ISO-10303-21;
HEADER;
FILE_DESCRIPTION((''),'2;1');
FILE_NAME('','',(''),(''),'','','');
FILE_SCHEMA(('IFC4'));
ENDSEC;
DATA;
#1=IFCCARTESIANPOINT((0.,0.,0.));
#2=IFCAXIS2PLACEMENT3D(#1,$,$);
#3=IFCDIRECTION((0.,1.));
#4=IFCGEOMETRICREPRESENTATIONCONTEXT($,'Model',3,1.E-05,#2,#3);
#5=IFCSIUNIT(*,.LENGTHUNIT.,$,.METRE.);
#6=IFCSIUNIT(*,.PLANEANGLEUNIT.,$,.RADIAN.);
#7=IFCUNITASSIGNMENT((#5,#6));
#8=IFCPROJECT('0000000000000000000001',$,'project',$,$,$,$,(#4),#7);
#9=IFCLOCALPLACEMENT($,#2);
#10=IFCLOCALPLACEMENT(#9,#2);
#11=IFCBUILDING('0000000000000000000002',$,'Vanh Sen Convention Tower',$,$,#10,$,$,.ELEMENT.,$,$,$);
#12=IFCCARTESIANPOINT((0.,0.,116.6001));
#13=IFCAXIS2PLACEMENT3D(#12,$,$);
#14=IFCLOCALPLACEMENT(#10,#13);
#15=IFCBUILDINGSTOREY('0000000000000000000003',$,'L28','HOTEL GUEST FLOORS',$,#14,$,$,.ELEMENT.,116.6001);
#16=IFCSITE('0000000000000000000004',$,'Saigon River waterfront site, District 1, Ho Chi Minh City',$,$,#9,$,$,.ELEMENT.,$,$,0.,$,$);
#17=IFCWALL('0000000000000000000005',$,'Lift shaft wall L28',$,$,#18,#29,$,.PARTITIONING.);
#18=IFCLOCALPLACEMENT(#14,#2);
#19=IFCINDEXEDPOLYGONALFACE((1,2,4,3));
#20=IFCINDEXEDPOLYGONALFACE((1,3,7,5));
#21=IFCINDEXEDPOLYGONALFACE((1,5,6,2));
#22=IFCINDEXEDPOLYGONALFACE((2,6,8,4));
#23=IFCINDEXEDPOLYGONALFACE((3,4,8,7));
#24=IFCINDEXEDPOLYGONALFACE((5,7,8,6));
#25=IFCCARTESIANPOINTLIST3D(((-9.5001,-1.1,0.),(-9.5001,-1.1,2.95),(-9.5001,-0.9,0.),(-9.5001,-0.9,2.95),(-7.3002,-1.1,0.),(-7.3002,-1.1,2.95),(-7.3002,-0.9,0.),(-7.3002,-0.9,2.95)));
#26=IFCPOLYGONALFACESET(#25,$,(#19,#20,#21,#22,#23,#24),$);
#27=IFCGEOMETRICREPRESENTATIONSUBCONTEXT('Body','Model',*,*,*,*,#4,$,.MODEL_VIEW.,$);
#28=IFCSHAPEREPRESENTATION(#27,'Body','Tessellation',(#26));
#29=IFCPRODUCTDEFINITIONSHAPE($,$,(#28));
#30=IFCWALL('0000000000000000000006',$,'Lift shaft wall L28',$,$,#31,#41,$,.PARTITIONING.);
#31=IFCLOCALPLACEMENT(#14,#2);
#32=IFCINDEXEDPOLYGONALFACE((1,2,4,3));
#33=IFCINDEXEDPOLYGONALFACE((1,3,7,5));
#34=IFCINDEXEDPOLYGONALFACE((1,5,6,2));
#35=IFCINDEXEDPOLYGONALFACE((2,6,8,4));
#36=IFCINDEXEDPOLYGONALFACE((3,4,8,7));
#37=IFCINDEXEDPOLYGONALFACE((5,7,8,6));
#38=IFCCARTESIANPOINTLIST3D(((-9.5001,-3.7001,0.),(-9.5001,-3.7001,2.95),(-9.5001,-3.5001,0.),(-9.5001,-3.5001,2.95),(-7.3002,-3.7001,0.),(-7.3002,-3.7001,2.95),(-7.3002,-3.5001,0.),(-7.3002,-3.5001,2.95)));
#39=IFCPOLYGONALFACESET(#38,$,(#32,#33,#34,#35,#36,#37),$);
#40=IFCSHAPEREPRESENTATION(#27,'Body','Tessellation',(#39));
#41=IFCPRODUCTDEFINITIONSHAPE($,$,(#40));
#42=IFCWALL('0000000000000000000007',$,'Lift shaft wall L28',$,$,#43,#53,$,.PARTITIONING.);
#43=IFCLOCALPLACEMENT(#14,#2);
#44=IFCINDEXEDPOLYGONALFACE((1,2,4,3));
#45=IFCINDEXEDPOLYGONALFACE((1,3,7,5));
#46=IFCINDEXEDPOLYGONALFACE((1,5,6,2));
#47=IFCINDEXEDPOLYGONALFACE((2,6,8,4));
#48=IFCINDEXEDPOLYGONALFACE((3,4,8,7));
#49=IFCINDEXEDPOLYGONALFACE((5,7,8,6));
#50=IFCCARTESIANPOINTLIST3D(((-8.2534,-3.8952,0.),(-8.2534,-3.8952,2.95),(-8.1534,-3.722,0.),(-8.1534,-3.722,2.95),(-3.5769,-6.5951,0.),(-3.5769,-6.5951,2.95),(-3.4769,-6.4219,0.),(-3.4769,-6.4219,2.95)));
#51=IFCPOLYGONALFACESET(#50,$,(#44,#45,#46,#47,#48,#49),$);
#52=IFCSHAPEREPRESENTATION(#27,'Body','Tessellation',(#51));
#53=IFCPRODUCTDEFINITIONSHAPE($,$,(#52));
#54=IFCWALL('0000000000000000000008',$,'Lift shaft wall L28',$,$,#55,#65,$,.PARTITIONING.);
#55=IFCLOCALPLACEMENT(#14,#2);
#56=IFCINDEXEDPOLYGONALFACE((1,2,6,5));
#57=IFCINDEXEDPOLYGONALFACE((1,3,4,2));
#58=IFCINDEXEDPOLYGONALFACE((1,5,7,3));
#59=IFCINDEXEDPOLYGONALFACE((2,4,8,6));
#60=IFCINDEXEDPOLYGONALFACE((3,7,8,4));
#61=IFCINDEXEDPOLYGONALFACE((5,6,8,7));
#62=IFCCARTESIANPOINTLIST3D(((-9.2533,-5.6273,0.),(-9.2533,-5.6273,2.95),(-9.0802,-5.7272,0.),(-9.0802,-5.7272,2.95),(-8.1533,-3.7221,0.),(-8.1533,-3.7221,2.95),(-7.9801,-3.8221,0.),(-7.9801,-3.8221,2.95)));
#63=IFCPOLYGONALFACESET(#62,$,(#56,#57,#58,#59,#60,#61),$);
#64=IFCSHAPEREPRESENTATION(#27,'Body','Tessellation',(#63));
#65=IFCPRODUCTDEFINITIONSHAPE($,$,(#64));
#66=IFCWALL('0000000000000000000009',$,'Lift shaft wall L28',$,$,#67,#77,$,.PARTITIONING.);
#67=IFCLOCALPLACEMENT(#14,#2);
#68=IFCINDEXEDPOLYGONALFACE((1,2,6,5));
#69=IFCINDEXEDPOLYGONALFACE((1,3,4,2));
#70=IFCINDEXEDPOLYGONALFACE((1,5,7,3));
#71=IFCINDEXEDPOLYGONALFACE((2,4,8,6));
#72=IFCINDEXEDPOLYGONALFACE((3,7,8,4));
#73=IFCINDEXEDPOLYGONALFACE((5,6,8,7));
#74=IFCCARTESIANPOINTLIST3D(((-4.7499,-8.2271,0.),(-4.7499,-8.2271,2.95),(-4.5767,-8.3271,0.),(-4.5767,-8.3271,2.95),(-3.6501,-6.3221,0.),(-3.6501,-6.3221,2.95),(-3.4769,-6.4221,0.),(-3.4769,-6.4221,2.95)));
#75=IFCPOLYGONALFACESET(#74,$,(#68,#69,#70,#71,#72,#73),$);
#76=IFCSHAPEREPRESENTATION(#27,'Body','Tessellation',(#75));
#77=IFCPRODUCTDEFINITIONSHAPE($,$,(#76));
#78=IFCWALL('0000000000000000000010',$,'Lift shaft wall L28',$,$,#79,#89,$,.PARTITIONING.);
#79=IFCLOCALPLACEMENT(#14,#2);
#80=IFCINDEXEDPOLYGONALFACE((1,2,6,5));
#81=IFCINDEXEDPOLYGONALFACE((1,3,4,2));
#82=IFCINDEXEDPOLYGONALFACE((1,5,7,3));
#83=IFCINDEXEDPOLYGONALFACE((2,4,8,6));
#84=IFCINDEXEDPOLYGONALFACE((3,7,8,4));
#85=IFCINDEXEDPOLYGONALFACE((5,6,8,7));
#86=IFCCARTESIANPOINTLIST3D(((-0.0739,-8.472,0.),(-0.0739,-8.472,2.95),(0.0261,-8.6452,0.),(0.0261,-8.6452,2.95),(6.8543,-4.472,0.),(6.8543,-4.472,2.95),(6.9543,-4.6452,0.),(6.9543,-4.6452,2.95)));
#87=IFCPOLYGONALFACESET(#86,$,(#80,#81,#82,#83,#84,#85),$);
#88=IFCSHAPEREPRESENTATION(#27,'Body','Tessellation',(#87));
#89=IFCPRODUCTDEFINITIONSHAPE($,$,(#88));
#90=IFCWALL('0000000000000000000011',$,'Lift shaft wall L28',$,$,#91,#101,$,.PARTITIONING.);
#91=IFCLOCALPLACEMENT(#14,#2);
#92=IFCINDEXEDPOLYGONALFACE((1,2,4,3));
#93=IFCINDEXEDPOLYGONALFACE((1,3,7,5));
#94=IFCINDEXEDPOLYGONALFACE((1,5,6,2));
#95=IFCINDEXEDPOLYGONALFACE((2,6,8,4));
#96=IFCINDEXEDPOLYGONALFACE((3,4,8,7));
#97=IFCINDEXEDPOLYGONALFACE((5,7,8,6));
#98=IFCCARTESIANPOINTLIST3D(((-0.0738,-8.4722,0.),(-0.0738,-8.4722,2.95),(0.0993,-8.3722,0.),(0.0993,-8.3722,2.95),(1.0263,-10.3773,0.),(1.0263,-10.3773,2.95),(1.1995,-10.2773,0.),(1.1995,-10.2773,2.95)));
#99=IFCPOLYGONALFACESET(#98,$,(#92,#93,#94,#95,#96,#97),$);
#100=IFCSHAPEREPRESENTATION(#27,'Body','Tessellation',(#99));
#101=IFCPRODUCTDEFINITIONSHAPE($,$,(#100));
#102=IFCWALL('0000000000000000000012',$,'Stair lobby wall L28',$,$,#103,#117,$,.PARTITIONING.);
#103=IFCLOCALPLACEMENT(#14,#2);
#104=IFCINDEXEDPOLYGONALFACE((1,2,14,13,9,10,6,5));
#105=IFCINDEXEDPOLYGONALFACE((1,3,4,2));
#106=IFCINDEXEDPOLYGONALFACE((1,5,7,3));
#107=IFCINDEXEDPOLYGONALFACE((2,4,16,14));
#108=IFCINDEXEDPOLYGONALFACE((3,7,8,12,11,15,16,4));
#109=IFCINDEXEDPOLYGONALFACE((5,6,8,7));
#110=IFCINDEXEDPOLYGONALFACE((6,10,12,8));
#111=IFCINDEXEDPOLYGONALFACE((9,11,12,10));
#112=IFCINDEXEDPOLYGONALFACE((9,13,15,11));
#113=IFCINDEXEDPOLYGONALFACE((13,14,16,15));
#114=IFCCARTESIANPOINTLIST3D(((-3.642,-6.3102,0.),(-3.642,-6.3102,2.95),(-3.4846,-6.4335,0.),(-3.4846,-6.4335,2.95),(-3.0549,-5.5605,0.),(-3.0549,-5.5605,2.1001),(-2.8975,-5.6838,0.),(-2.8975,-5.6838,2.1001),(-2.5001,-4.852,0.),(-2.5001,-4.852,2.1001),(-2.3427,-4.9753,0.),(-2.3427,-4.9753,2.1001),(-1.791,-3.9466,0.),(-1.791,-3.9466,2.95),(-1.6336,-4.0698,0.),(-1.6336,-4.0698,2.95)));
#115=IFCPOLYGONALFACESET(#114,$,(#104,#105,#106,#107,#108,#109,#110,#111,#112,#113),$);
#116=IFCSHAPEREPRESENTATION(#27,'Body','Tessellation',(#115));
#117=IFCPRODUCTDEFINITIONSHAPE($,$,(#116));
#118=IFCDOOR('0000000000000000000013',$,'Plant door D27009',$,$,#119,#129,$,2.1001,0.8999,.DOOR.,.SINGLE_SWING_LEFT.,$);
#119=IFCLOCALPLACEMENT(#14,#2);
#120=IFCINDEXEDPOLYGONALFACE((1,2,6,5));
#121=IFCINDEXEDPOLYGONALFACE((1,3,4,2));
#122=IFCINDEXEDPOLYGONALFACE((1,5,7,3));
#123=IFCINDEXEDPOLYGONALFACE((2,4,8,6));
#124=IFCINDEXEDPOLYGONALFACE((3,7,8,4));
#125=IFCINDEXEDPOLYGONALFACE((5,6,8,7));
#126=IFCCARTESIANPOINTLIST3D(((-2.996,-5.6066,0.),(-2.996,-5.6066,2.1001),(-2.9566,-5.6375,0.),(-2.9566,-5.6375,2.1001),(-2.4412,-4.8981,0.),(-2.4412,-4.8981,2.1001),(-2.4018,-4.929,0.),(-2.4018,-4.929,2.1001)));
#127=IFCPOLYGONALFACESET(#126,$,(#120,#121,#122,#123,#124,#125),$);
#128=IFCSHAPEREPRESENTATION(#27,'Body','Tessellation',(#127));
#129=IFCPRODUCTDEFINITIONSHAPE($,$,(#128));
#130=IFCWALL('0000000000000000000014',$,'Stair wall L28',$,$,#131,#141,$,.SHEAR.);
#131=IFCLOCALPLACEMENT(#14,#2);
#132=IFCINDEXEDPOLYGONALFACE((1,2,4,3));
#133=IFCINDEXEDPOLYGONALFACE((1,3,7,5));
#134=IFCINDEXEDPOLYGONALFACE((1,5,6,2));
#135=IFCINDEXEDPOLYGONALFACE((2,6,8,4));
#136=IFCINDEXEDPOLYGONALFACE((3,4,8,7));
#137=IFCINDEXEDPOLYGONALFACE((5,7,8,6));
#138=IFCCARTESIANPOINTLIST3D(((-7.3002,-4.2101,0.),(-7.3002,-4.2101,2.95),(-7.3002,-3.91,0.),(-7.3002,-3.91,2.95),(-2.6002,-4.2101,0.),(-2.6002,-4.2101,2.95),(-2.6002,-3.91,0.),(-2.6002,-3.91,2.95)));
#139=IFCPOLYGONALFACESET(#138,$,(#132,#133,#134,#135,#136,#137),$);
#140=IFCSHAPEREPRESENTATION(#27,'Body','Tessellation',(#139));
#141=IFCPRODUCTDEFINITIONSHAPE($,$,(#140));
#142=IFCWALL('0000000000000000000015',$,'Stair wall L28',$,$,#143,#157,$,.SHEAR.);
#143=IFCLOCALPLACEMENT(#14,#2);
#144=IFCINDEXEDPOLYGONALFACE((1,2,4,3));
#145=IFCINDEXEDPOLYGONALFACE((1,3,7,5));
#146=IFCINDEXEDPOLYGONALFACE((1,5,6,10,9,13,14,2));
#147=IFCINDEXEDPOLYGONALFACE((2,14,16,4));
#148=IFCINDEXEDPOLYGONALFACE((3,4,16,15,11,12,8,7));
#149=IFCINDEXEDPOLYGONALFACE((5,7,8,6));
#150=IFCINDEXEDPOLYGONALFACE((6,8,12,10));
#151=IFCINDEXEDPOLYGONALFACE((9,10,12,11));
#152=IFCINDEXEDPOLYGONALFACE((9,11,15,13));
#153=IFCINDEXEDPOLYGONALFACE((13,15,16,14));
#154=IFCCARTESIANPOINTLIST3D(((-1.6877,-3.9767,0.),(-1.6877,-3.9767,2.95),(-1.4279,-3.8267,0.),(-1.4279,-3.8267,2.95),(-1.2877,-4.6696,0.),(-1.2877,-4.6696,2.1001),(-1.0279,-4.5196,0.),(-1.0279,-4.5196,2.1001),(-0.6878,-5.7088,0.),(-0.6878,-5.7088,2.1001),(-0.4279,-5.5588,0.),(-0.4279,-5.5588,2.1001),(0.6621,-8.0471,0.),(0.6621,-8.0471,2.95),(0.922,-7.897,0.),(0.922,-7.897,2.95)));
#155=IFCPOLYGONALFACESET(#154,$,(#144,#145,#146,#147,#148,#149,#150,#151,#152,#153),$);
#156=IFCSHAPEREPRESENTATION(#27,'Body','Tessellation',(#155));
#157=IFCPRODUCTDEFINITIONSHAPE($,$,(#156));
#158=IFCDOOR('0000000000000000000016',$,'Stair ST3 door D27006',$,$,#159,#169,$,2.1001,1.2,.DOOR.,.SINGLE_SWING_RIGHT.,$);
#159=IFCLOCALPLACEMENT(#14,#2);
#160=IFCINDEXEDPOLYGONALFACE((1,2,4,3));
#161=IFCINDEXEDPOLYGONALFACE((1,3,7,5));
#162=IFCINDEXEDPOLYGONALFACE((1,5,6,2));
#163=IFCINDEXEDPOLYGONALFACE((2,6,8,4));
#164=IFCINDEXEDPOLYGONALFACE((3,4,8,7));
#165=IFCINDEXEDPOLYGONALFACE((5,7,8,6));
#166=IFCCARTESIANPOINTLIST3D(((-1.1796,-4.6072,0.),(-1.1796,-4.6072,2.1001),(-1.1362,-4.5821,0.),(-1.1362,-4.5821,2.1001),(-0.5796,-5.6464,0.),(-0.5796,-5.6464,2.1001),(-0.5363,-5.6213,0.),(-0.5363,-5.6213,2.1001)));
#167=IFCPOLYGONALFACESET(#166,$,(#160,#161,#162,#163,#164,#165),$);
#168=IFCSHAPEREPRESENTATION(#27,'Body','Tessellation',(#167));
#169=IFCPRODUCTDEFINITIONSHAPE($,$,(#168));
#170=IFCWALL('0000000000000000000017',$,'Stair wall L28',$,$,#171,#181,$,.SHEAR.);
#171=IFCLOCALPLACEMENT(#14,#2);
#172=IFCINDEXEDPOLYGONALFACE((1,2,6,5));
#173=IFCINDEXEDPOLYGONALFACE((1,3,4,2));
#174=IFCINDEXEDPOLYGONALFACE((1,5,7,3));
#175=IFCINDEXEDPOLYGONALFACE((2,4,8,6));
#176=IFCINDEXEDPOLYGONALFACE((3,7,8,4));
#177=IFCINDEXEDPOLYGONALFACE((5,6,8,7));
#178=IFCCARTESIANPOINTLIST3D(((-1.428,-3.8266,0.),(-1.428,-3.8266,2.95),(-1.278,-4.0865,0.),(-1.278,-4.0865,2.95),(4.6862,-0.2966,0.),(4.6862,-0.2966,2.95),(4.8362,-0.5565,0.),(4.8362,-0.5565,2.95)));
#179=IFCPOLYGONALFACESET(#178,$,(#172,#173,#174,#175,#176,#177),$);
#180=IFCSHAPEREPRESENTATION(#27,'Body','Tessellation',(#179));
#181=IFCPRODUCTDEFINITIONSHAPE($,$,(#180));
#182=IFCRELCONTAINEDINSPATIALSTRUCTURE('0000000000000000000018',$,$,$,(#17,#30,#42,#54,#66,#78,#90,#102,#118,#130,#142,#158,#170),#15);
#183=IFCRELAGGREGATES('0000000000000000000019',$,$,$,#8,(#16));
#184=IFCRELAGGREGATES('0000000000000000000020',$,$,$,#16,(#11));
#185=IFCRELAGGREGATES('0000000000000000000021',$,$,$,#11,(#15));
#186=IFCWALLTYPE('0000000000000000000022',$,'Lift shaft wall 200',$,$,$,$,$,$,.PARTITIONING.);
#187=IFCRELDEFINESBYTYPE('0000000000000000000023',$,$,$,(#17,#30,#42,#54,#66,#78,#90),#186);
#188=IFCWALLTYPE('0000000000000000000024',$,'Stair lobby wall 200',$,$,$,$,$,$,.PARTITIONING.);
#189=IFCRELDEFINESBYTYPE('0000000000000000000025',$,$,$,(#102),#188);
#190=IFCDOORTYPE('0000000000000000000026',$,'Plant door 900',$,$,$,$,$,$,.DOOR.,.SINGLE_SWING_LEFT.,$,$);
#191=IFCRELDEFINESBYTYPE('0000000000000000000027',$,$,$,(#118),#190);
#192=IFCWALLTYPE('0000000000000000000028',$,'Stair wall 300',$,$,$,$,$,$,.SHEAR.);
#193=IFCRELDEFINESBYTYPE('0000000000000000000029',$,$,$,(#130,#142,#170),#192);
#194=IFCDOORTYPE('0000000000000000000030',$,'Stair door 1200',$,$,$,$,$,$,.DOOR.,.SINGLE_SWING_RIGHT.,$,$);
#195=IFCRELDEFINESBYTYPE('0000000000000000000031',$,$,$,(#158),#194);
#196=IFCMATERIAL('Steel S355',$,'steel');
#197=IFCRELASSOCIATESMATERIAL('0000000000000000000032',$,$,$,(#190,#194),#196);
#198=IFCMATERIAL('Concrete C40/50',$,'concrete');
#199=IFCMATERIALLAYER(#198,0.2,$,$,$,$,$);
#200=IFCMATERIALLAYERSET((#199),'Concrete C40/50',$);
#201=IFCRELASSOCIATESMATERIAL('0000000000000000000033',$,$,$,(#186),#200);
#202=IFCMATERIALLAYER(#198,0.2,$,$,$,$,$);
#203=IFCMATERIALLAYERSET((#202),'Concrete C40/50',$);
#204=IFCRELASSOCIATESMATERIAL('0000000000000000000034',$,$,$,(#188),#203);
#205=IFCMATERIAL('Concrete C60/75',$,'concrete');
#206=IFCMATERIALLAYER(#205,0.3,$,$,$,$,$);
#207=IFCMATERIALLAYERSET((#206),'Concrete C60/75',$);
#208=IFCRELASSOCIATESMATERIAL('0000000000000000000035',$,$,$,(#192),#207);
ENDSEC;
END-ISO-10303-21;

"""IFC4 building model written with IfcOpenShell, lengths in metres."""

from ifc_helpers import new_model, si_unit, direction, frame, frame_2d, origin, place, context, subcontext, project, spatial, rectangle, extrude, material, layer, layer_set, type_object, element, fill, save


model = new_model("IFC4")

# Units and contexts
model_context = context("Model", 3, precision=1e-05, world=origin(), true_north=direction((0.0, 1.0)))
body_context = subcontext(model_context, "Body", "Model", "MODEL_VIEW")
ifc_project = project(units=[si_unit("LENGTHUNIT", "METRE"), si_unit("PLANEANGLEUNIT", "RADIAN")], contexts=[model_context])

# Site, building, storey
site_placement = place(None, origin())
site = spatial("IfcSite", under=ifc_project, at=site_placement, Name="Saigon River waterfront site, District 1, Ho Chi Minh City", CompositionType="ELEMENT", RefElevation=0.0)
building_placement = place(site_placement, origin())
building = spatial("IfcBuilding", under=site, at=building_placement, Name="Vanh Sen Convention Tower", CompositionType="ELEMENT")
storey_placement = place(building_placement, frame((0.0, 0.0, 116.6001)))
storey = spatial("IfcBuildingStorey", under=building, at=storey_placement, Name="L28", Description="HOTEL GUEST FLOORS", CompositionType="ELEMENT", Elevation=116.6001)

# Shared definitions
ifc_material_1 = material(Name="Concrete C40/50", Category="concrete")

# Shared definitions
ifc_material_2 = material(Name="Steel S355", Category="steel")
door_type_1 = type_object("IfcDoorType", Name="Plant door 900", OperationType="SINGLE_SWING_LEFT", PredefinedType="DOOR", material=ifc_material_2)

# Walls
ifc_layer_1 = layer(ifc_material_1, 0.2)
ifc_layer_set_1 = layer_set([ifc_layer_1], Name="Concrete C40/50")
wall_type_1 = type_object("IfcWallType", Name="Lift shaft wall 200", PredefinedType="PARTITIONING", material=ifc_layer_set_1)
for number, where, z_axis, x_axis, name in (
    (1, (-7.3, -1.0, 0.0), (0.0, 0.0, 1.0), (-1.0, 0.0, 0.0), "Lift shaft wall L28"),
    (2, (-7.3, -3.6001, 0.0), (0.0, 0.0, 1.0), (-1.0, 0.0, 0.0), "Lift shaft wall L28"),
):
    element("IfcWall", number, at=place(storey_placement, frame(where, z_axis=z_axis, x_axis=x_axis)), inside=storey, type_object=wall_type_1, Name=name, PredefinedType="PARTITIONING", context=body_context, shape_type="SweptSolid", body=[
        extrude(rectangle(XDim=2.2, YDim=0.2, at=frame_2d((1.1001, 0.0))), origin(), (0.0, 0.0, 1.0), 2.95),
    ])
wall_1_placement = place(storey_placement, frame((-8.2034, -3.8086, 0.0), z_axis=(0.0, 0.0, 1.0), x_axis=(0.866028, -0.499995, 0.0)))
element("IfcWall", 3, at=wall_1_placement, inside=storey, type_object=wall_type_1, Name="Lift shaft wall L28", PredefinedType="PARTITIONING", context=body_context, shape_type="SweptSolid", body=[
    extrude(rectangle(XDim=5.3999, YDim=0.2, at=frame_2d((2.7, 0.0))), origin(), (0.0, 0.0, 1.0), 2.95),
])
wall_2_placement = place(storey_placement, frame((-8.0667, -3.772, 0.0), z_axis=(0.0, 0.0, 1.0), x_axis=(-0.50003, -0.866008, 0.0)))
element("IfcWall", 4, at=wall_2_placement, inside=storey, type_object=wall_type_1, Name="Lift shaft wall L28", PredefinedType="PARTITIONING", context=body_context, shape_type="SweptSolid", body=[
    extrude(rectangle(XDim=2.2, YDim=0.2, at=frame_2d((1.1001, 0.0))), origin(), (0.0, 0.0, 1.0), 2.95),
])
wall_3_placement = place(storey_placement, frame((-3.5635, -6.3721, 0.0), z_axis=(0.0, 0.0, 1.0), x_axis=(-0.499995, -0.866028, 0.0)))
element("IfcWall", 5, at=wall_3_placement, inside=storey, type_object=wall_type_1, Name="Lift shaft wall L28", PredefinedType="PARTITIONING", context=body_context, shape_type="SweptSolid", body=[
    extrude(rectangle(XDim=2.1997, YDim=0.2, at=frame_2d((1.0999, 0.0))), origin(), (0.0, 0.0, 1.0), 2.95),
])
wall_4_placement = place(storey_placement, frame((-0.0239, -8.5586, 0.0), z_axis=(0.0, 0.0, 1.0), x_axis=(0.866026, 0.499999, 0.0)))
element("IfcWall", 6, at=wall_4_placement, inside=storey, type_object=wall_type_1, Name="Lift shaft wall L28", PredefinedType="PARTITIONING", context=body_context, shape_type="SweptSolid", body=[
    extrude(rectangle(XDim=8.0, YDim=0.2, at=frame_2d((4.0, 0.0))), origin(), (0.0, 0.0, 1.0), 2.95),
])
wall_5_placement = place(storey_placement, frame((0.0127, -8.4221, 0.0), z_axis=(0.0, 0.0, 1.0), x_axis=(0.500078, -0.86598, 0.0)))
element("IfcWall", 7, at=wall_5_placement, inside=storey, type_object=wall_type_1, Name="Lift shaft wall L28", PredefinedType="PARTITIONING", context=body_context, shape_type="SweptSolid", body=[
    extrude(rectangle(XDim=2.2, YDim=0.2, at=frame_2d((1.1001, 0.0))), origin(), (0.0, 0.0, 1.0), 2.95),
])

# Wall, opening, door
ifc_layer_2 = layer(ifc_material_1, 0.2)
ifc_layer_set_2 = layer_set([ifc_layer_2], Name="Concrete C40/50")
wall_type_2 = type_object("IfcWallType", Name="Stair lobby wall 200", PredefinedType="PARTITIONING", material=ifc_layer_set_2)
wall_6_placement = place(storey_placement, frame((-1.7124, -4.0083, 0.0), z_axis=(0.0, 0.0, 1.0), x_axis=(-0.616549, -0.787316, 0.0)))
wall_6 = element("IfcWall", 8, at=wall_6_placement, inside=storey, type_object=wall_type_2, Name="Stair lobby wall L28", PredefinedType="PARTITIONING", context=body_context, shape_type="SweptSolid", body=[
    extrude(rectangle(XDim=3.0022, YDim=0.2, at=frame_2d((1.501, 0.0))), origin(), (0.0, 0.0, 1.0), 2.95),
])
opening_1_placement = place(wall_6_placement, frame((1.1499, 0.0, 0.0)))
opening_1 = element("IfcOpeningElement", 9, at=opening_1_placement, cuts=wall_6, PredefinedType="OPENING", context=body_context, shape_type="SweptSolid", body=[
    extrude(rectangle(XDim=0.8999, YDim=2.1001, at=frame_2d((0.45, 1.05))), frame((0.0, 0.1099, 0.0), z_axis=(0.0, -1.0, 0.0), x_axis=(1.0, 0.0, 0.0)), (0.0, 0.0, 1.0), 0.22),
])
door_1_placement = place(opening_1_placement, origin())
door_1 = element("IfcDoor", 10, at=door_1_placement, inside=storey, type_object=door_type_1, Name="Plant door D27009", OperationType="SINGLE_SWING_LEFT", OverallHeight=2.1001, OverallWidth=0.8999, PredefinedType="DOOR", context=body_context, shape_type="SweptSolid", body=[
    extrude(rectangle(XDim=0.8999, YDim=2.1001, at=frame_2d((0.45, 1.05))), frame((0.0, 0.0249, 0.0), z_axis=(0.0, -1.0, 0.0), x_axis=(1.0, 0.0, 0.0)), (0.0, 0.0, 1.0), 0.05),
])
fill(opening_1, door_1)

# Wall
ifc_material_3 = material(Name="Concrete C60/75", Category="concrete")
ifc_layer_3 = layer(ifc_material_3, 0.3)
ifc_layer_set_3 = layer_set([ifc_layer_3], Name="Concrete C60/75")
wall_type_3 = type_object("IfcWallType", Name="Stair wall 300", PredefinedType="SHEAR", material=ifc_layer_set_3)
wall_7_placement = place(storey_placement, frame((-2.6001, -4.0601, 0.0), z_axis=(0.0, 0.0, 1.0), x_axis=(-1.0, 0.0, 0.0)))
element("IfcWall", 11, at=wall_7_placement, inside=storey, type_object=wall_type_3, Name="Stair wall L28", PredefinedType="SHEAR", context=body_context, shape_type="SweptSolid", body=[
    extrude(rectangle(XDim=4.7, YDim=0.3, at=frame_2d((2.3501, 0.0))), origin(), (0.0, 0.0, 1.0), 2.95),
])

# Wall, opening, door
wall_8_placement = place(storey_placement, frame((-1.5579, -3.9016, 0.0), z_axis=(0.0, 0.0, 1.0), x_axis=(0.499977, -0.866039, 0.0)))
wall_8 = element("IfcWall", 12, at=wall_8_placement, inside=storey, type_object=wall_type_3, Name="Stair wall L28", PredefinedType="SHEAR", context=body_context, shape_type="SweptSolid", body=[
    extrude(rectangle(XDim=4.7, YDim=0.3, at=frame_2d((2.3501, 0.0))), origin(), (0.0, 0.0, 1.0), 2.95),
])
opening_2_placement = place(wall_8_placement, frame((0.8, 0.0, 0.0)))
opening_2 = element("IfcOpeningElement", 13, at=opening_2_placement, cuts=wall_8, PredefinedType="OPENING", context=body_context, shape_type="SweptSolid", body=[
    extrude(rectangle(XDim=1.2, YDim=2.1001, at=frame_2d((0.6001, 1.05))), frame((0.0, 0.1599, 0.0), z_axis=(0.0, -1.0, 0.0), x_axis=(1.0, 0.0, 0.0)), (0.0, 0.0, 1.0), 0.3201),
])
door_type_2 = type_object("IfcDoorType", Name="Stair door 1200", OperationType="SINGLE_SWING_RIGHT", PredefinedType="DOOR", material=ifc_material_2)
door_2_placement = place(opening_2_placement, origin())
door_2 = element("IfcDoor", 14, at=door_2_placement, inside=storey, type_object=door_type_2, Name="Stair ST3 door D27006", OperationType="SINGLE_SWING_RIGHT", OverallHeight=2.1001, OverallWidth=1.2, PredefinedType="DOOR", context=body_context, shape_type="SweptSolid", body=[
    extrude(rectangle(XDim=1.2, YDim=2.1001, at=frame_2d((0.6001, 1.05))), frame((0.0, 0.0249, 0.0), z_axis=(0.0, -1.0, 0.0), x_axis=(1.0, 0.0, 0.0)), (0.0, 0.0, 1.0), 0.05),
])
fill(opening_2, door_2)

# Wall
for number, where, z_axis, x_axis, name in (
    (15, (-1.353, -3.9565, 0.0), (0.0, 0.0, 1.0), (0.866028, 0.499996, 0.0), "Stair wall L28"),
):
    element("IfcWall", number, at=place(storey_placement, frame(where, z_axis=z_axis, x_axis=x_axis)), inside=storey, type_object=wall_type_3, Name=name, PredefinedType="SHEAR", context=body_context, shape_type="SweptSolid", body=[
        extrude(rectangle(XDim=7.0601, YDim=0.3, at=frame_2d((3.53, 0.0))), origin(), (0.0, 0.0, 1.0), 2.95),
    ])

save(model, "model.ifc")
